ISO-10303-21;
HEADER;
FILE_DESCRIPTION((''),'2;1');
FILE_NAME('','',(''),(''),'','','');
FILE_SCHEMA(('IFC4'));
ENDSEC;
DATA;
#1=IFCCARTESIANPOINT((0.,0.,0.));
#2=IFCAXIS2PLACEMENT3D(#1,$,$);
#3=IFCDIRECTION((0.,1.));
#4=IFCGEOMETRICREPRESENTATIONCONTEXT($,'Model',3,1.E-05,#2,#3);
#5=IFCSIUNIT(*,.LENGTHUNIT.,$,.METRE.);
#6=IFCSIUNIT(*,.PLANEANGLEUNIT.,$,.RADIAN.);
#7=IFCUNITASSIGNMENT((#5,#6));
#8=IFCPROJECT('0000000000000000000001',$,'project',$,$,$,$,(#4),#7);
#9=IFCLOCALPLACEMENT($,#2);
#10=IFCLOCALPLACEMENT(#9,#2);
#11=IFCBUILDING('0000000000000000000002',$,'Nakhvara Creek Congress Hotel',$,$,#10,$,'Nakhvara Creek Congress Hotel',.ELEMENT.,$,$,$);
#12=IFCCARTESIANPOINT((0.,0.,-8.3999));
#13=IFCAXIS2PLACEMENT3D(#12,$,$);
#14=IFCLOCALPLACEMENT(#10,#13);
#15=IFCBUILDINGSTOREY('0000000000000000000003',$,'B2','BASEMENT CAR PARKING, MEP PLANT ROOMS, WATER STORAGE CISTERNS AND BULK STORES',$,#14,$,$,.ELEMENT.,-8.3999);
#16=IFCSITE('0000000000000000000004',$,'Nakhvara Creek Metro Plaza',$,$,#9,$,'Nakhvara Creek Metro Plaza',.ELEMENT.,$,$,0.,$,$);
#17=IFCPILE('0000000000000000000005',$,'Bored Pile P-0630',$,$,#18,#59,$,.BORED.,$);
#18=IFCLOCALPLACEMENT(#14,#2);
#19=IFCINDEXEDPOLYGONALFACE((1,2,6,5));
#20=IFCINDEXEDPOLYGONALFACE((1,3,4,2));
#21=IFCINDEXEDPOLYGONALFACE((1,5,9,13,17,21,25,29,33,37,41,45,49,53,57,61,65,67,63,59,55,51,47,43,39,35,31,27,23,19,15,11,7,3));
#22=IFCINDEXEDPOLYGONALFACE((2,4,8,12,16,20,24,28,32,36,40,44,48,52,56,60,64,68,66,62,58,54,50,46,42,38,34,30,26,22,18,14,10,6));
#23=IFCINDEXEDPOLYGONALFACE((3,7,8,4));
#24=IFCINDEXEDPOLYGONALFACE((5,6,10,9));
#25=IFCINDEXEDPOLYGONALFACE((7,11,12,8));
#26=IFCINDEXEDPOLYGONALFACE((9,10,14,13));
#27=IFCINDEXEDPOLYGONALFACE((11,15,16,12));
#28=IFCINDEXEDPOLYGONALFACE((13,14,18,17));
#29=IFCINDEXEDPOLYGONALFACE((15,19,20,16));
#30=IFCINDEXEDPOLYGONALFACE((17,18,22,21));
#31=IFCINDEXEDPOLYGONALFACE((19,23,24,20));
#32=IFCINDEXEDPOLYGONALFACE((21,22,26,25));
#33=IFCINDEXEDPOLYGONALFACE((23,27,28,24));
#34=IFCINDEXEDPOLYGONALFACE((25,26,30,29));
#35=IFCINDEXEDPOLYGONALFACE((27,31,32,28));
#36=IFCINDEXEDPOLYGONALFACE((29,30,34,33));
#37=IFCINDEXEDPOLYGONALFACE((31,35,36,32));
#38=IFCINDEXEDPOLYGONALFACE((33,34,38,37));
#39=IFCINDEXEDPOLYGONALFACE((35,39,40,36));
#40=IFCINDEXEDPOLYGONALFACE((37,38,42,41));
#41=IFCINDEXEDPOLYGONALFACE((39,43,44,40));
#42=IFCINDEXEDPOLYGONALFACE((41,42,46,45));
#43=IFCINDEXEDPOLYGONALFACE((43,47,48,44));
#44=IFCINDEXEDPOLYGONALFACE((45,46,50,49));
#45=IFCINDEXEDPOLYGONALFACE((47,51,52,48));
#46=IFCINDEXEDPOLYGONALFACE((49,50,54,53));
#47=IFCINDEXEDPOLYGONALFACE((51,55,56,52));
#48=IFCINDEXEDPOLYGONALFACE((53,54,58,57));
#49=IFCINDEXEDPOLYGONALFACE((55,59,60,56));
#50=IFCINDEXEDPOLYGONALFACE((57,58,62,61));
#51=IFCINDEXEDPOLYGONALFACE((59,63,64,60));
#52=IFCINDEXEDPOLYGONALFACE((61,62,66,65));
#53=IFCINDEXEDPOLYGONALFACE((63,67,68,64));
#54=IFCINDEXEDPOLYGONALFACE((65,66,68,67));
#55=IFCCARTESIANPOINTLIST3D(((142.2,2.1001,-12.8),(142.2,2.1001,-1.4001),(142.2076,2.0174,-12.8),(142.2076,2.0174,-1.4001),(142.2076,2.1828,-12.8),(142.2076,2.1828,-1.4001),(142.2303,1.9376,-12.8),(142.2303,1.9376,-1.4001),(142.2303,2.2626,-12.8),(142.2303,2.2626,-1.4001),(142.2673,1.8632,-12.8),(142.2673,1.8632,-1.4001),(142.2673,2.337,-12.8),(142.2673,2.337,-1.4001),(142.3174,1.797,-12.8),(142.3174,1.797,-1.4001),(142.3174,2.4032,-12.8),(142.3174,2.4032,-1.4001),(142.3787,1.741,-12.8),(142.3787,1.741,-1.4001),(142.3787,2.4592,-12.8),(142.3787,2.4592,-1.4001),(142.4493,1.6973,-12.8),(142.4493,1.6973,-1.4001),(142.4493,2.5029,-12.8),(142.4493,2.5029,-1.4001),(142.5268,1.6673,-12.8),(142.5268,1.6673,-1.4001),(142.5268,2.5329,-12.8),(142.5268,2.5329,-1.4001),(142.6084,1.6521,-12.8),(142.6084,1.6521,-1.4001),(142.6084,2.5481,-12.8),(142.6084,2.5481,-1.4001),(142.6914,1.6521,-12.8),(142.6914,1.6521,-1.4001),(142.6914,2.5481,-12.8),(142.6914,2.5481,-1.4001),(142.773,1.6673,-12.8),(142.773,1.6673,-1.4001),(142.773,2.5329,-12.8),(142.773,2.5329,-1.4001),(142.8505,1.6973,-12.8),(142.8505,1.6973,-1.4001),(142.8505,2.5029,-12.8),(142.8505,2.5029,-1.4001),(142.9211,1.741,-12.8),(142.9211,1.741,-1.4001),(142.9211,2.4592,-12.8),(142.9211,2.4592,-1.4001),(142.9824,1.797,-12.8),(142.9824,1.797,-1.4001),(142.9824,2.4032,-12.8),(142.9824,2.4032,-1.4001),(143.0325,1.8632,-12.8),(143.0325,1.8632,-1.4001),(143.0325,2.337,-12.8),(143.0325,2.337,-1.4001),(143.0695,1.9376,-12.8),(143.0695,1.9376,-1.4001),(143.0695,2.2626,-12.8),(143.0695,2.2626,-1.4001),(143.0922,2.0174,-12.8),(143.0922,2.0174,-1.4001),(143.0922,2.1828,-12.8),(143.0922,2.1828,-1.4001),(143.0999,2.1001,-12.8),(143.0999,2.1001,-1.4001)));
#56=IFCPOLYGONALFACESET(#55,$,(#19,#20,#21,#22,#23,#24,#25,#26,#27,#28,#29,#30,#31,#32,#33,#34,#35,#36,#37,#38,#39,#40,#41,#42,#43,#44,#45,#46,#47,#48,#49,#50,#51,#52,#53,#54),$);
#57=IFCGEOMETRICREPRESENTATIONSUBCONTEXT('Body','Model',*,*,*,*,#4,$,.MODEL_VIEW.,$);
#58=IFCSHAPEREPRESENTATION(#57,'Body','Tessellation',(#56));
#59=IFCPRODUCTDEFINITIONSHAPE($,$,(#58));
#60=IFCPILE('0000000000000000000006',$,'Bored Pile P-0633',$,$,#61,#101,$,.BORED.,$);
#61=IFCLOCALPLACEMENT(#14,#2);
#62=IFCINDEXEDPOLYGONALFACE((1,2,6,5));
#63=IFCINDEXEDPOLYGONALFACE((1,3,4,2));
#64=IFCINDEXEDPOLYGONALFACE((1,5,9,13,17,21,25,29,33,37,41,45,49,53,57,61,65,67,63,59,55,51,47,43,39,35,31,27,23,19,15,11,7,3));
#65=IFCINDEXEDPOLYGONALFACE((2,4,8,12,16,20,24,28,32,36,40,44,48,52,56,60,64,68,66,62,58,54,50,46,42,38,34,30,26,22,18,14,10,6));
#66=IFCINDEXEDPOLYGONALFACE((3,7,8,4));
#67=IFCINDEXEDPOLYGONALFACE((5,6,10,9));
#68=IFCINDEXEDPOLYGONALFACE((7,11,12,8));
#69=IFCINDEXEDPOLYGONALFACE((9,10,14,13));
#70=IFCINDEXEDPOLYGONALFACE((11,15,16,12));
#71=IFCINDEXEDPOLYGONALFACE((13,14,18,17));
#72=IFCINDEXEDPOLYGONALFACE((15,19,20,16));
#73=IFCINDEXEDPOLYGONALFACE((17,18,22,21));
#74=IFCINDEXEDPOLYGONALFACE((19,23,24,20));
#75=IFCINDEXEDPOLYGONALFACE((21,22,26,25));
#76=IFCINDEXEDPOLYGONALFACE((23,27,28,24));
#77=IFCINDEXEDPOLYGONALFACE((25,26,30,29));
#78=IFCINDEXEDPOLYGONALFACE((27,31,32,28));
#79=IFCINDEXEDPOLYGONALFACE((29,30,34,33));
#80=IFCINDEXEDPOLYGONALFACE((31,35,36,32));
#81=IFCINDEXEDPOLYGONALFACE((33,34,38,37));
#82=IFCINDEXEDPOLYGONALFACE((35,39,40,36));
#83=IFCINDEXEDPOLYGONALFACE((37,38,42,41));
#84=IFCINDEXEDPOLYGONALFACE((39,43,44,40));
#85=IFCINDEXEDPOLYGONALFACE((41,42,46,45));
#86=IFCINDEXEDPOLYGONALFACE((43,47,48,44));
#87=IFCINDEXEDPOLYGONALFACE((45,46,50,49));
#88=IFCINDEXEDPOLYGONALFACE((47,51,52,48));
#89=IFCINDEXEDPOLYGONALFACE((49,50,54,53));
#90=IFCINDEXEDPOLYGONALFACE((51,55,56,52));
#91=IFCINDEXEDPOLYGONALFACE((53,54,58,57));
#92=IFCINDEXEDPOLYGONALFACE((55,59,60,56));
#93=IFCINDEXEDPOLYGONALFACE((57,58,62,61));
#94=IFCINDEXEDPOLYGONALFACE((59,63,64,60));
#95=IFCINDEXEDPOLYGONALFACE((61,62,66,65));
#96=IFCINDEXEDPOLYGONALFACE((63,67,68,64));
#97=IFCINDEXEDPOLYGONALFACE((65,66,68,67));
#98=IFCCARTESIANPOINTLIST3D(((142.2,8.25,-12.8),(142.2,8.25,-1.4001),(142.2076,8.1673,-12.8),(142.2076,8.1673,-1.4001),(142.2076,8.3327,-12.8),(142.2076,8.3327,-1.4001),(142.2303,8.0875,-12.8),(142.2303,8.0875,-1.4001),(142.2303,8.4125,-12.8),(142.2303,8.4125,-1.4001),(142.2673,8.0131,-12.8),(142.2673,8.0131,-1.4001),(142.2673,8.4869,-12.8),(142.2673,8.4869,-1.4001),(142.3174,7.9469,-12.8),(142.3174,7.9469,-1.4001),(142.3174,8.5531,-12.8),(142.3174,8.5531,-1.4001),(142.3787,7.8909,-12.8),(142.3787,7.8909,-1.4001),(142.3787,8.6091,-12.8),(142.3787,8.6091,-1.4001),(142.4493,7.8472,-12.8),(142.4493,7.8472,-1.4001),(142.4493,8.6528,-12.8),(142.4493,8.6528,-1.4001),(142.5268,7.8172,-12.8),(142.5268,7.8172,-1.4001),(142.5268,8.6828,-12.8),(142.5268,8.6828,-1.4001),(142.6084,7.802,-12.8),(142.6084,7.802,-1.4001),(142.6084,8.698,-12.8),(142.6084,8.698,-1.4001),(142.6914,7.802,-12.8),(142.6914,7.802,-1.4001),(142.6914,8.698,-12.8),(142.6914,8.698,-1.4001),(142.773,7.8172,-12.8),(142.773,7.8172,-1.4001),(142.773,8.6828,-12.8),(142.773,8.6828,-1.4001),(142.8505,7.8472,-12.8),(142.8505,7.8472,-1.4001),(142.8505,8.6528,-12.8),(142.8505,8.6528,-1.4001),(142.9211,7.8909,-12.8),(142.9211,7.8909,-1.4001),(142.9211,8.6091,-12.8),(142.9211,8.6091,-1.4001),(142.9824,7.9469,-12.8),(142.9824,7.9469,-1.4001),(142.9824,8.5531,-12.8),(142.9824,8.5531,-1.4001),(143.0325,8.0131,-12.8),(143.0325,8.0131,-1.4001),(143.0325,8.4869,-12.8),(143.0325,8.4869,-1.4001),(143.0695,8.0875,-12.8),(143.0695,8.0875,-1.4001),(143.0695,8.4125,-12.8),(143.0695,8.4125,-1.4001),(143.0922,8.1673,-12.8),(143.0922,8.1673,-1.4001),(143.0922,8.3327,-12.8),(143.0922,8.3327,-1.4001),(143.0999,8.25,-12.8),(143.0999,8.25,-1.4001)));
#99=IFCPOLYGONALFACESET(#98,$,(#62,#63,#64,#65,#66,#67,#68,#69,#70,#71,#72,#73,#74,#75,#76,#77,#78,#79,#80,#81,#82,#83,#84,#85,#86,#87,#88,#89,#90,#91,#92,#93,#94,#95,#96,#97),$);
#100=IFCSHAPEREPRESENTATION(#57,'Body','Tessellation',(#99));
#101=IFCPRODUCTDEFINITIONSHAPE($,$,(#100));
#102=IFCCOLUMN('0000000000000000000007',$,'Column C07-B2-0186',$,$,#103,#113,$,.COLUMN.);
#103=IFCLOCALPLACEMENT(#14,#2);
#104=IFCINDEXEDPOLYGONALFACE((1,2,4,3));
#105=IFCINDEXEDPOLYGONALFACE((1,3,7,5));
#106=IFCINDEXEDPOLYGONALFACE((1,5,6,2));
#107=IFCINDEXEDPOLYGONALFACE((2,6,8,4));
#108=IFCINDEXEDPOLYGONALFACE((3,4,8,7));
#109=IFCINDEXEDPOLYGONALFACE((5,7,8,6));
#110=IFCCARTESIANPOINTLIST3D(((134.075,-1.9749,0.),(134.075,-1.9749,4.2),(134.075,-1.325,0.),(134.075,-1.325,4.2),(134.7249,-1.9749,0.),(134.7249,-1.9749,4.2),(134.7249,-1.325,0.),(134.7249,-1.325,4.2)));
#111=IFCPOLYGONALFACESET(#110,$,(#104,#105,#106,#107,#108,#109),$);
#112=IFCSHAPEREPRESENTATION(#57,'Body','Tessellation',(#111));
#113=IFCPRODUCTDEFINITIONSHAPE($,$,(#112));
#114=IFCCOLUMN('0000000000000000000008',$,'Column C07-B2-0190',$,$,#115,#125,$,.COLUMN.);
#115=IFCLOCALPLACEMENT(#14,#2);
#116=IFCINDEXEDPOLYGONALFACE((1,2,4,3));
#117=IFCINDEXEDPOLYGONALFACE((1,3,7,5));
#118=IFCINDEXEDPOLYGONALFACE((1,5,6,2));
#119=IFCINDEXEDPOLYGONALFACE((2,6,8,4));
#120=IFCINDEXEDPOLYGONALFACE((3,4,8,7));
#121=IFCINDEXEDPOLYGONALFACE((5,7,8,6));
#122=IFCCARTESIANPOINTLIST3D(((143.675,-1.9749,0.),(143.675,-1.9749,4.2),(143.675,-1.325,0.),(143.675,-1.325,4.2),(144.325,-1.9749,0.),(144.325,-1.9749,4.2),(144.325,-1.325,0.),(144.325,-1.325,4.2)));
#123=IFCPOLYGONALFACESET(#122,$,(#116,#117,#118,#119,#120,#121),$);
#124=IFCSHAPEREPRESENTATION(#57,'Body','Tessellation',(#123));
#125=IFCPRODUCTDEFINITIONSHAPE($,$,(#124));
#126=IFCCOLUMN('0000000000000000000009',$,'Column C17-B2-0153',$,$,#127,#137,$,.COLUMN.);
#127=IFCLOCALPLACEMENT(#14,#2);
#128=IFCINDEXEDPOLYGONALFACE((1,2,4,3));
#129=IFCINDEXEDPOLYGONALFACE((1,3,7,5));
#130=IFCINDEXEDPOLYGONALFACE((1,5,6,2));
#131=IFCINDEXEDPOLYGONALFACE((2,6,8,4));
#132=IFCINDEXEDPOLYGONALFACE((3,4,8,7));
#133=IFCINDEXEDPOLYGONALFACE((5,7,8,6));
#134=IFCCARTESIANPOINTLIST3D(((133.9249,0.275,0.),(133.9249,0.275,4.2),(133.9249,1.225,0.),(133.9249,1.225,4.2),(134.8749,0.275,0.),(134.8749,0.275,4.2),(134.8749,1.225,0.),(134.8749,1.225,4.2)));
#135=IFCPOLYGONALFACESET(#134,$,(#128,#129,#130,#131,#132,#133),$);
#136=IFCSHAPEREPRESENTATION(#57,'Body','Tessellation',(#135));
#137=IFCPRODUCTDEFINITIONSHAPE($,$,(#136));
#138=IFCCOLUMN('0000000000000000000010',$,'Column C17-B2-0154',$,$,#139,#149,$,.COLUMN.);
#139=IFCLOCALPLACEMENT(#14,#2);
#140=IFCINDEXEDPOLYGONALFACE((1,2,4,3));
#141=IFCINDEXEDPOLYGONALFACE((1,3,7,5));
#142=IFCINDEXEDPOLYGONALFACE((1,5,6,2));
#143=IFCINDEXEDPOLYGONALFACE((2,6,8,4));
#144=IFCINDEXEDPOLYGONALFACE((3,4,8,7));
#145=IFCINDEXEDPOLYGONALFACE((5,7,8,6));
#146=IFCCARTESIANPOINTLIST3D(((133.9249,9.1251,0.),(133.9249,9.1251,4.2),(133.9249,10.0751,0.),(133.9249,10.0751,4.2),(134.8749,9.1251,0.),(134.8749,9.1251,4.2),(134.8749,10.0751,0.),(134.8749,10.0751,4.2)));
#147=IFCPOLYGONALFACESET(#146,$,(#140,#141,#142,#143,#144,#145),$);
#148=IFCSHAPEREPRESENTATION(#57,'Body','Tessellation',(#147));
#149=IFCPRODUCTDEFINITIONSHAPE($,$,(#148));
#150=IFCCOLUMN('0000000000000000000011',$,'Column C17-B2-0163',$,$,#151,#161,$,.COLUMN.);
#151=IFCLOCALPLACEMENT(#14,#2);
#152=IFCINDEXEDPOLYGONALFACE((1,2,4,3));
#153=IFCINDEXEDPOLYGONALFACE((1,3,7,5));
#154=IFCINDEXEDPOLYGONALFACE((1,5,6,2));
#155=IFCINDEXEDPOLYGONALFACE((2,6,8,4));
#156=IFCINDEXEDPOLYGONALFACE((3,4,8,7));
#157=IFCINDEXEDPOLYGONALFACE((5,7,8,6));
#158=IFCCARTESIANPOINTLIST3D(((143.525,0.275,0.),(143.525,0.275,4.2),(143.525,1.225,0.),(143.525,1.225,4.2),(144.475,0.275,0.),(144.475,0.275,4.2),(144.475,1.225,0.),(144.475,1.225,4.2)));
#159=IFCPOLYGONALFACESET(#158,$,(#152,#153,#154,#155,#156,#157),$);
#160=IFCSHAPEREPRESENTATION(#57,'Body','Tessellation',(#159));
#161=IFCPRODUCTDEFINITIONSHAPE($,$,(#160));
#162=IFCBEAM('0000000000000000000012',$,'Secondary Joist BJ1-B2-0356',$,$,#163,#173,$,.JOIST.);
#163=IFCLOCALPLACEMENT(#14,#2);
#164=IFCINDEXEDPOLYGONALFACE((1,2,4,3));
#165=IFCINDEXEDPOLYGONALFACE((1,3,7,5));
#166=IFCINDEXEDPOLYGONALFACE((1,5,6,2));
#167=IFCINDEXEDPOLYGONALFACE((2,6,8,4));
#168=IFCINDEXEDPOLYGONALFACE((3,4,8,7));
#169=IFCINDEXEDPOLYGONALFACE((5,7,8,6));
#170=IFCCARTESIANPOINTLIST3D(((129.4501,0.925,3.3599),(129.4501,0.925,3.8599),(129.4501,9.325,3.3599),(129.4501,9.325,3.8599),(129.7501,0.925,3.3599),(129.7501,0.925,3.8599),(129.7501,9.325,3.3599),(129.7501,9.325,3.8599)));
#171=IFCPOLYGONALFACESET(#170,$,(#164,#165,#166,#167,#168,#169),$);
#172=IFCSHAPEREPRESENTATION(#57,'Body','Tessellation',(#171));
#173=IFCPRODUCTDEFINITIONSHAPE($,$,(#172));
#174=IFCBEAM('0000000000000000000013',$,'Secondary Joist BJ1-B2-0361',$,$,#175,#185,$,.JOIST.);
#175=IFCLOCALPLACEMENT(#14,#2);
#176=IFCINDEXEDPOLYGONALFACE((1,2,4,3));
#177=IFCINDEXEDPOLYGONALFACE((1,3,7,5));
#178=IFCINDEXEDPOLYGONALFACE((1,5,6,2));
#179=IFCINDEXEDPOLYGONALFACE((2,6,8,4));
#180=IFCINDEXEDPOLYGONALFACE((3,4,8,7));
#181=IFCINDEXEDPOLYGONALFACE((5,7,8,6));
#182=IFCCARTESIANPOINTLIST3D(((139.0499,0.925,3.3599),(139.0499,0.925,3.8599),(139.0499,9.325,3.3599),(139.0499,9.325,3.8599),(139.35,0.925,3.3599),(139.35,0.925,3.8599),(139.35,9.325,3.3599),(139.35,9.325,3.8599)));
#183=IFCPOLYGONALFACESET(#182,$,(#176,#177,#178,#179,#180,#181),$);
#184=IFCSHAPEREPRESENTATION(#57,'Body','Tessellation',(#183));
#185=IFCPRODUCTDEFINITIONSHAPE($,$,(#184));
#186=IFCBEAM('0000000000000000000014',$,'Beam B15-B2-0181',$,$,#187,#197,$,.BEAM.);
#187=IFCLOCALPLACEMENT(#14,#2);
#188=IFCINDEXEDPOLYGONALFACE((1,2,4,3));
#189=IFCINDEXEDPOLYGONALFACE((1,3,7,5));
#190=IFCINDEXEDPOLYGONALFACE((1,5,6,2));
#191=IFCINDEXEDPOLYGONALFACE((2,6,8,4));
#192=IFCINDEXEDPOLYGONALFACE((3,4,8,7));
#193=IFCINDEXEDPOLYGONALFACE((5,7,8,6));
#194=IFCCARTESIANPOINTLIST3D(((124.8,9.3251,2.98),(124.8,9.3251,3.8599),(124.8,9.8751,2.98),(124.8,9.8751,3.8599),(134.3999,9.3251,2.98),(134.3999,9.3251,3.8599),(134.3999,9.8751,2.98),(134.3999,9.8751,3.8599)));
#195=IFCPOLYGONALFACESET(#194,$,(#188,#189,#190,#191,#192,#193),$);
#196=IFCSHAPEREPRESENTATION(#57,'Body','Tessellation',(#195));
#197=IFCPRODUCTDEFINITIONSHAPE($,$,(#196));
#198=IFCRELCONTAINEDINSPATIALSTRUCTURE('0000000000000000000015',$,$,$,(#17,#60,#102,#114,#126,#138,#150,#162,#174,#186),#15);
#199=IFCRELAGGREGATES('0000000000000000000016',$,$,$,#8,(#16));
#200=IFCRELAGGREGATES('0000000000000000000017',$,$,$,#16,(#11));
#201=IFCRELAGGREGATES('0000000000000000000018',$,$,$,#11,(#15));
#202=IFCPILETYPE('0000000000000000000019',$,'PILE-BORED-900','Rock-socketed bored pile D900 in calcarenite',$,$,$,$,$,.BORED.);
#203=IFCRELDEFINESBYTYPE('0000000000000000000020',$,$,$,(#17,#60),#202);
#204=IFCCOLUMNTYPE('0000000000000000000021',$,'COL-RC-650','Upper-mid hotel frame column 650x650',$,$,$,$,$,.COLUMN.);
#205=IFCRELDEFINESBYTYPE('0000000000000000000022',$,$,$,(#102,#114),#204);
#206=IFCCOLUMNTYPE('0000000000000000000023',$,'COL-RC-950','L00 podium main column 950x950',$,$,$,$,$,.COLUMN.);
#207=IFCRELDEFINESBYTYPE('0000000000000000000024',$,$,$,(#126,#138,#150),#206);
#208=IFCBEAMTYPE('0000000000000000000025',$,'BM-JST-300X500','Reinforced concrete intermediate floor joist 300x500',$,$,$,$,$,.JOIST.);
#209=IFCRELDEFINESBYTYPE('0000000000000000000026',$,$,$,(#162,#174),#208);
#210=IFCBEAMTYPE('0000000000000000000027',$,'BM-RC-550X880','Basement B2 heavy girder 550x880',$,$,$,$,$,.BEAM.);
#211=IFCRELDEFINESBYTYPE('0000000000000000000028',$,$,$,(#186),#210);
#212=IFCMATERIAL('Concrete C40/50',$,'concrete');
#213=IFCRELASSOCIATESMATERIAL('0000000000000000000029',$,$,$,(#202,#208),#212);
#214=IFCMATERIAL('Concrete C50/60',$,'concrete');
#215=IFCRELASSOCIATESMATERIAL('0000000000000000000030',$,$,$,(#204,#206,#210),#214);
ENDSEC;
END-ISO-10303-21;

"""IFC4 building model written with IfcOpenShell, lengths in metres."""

from ifc_helpers import new_model, si_unit, direction, frame, origin, origin_2d, place, context, subcontext, project, spatial, rectangle, circle, extrude, material, material_profile, profile_set, type_object, element, save


model = new_model("IFC4")

# Units and contexts
model_context = context("Model", 3, precision=1e-05, world=origin(), true_north=direction((0.0, 1.0)))
body_context = subcontext(model_context, "Body", "Model", "MODEL_VIEW")
ifc_project = project(units=[si_unit("LENGTHUNIT", "METRE"), si_unit("PLANEANGLEUNIT", "RADIAN")], contexts=[model_context])

# Site, building, storey
site_placement = place(None, origin())
site = spatial("IfcSite", under=ifc_project, at=site_placement, Name="Nakhvara Creek Metro Plaza", LongName="Nakhvara Creek Metro Plaza", CompositionType="ELEMENT", RefElevation=0.0)
building_placement = place(site_placement, origin())
building = spatial("IfcBuilding", under=site, at=building_placement, Name="Nakhvara Creek Congress Hotel", LongName="Nakhvara Creek Congress Hotel", CompositionType="ELEMENT")
storey_placement = place(building_placement, frame((0.0, 0.0, -8.3999)))
storey = spatial("IfcBuildingStorey", under=building, at=storey_placement, Name="B2", Description="BASEMENT CAR PARKING, MEP PLANT ROOMS, WATER STORAGE CISTERNS AND BULK STORES", CompositionType="ELEMENT", Elevation=-8.3999)

# Shared definitions
ifc_material_1 = material(Name="Concrete C40/50", Category="concrete")

# Piles
ifc_material_profile_1 = material_profile(ifc_material_1, circle(Radius=0.45, at=origin_2d()), Name="BORED PILE D900", Category="LoadBearing")
ifc_profile_set_1 = profile_set([ifc_material_profile_1], Name="Concrete C40/50")
pile_type = type_object("IfcPileType", Name="PILE-BORED-900", Description="Rock-socketed bored pile D900 in calcarenite", PredefinedType="BORED", material=ifc_profile_set_1)
for number, where, z_axis, x_axis, name in (
    (1, (142.6499, 2.1001, -1.4001), (0.0, 0.0, -1.0), (1.0, 0.0, 0.0), "Bored Pile P-0630"),
    (2, (142.6499, 8.25, -1.4001), (0.0, 0.0, -1.0), (1.0, 0.0, 0.0), "Bored Pile P-0633"),
):
    element("IfcPile", number, at=place(storey_placement, frame(where, z_axis=z_axis, x_axis=x_axis)), inside=storey, type_object=pile_type, Name=name, PredefinedType="BORED", context=body_context, shape_type="SweptSolid", body=[
        extrude(circle(Radius=0.45, at=origin_2d()), origin(), (0.0, 0.0, 1.0), 11.3999),
    ])

# Columns
ifc_material_2 = material(Name="Concrete C50/60", Category="concrete")
ifc_material_profile_2 = material_profile(ifc_material_2, rectangle(XDim=0.6499, YDim=0.6499, at=origin_2d()), Name="RC-COL 650x650", Category="LoadBearing")
ifc_profile_set_2 = profile_set([ifc_material_profile_2], Name="Concrete C50/60")
column_type_1 = type_object("IfcColumnType", Name="COL-RC-650", Description="Upper-mid hotel frame column 650x650", PredefinedType="COLUMN", material=ifc_profile_set_2)
for number, where, z_axis, x_axis, name in (
    (3, (134.3999, -1.6499, 0.0), (0.0, 0.0, 1.0), (1.0, 0.0, 0.0), "Column C07-B2-0186"),
    (4, (144.0, -1.6499, 0.0), (0.0, 0.0, 1.0), (1.0, 0.0, 0.0), "Column C07-B2-0190"),
):
    element("IfcColumn", number, at=place(storey_placement, frame(where, z_axis=z_axis, x_axis=x_axis)), inside=storey, type_object=column_type_1, Name=name, PredefinedType="COLUMN", context=body_context, shape_type="SweptSolid", body=[
        extrude(rectangle(XDim=0.6499, YDim=0.6499, at=origin_2d()), origin(), (0.0, 0.0, 1.0), 4.2),
    ])
ifc_material_profile_3 = material_profile(ifc_material_2, rectangle(XDim=0.95, YDim=0.95, at=origin_2d()), Name="RC-COL 950x950", Category="LoadBearing")
ifc_profile_set_3 = profile_set([ifc_material_profile_3], Name="Concrete C50/60")
column_type_2 = type_object("IfcColumnType", Name="COL-RC-950", Description="L00 podium main column 950x950", PredefinedType="COLUMN", material=ifc_profile_set_3)
for number, where, z_axis, x_axis, name in (
    (5, (134.3999, 0.75, 0.0), (0.0, 0.0, 1.0), (1.0, 0.0, 0.0), "Column C17-B2-0153"),
    (6, (134.3999, 9.6001, 0.0), (0.0, 0.0, 1.0), (1.0, 0.0, 0.0), "Column C17-B2-0154"),
    (7, (144.0, 0.75, 0.0), (0.0, 0.0, 1.0), (1.0, 0.0, 0.0), "Column C17-B2-0163"),
):
    element("IfcColumn", number, at=place(storey_placement, frame(where, z_axis=z_axis, x_axis=x_axis)), inside=storey, type_object=column_type_2, Name=name, PredefinedType="COLUMN", context=body_context, shape_type="SweptSolid", body=[
        extrude(rectangle(XDim=0.95, YDim=0.95, at=origin_2d()), origin(), (0.0, 0.0, 1.0), 4.2),
    ])

# Beams
ifc_material_profile_4 = material_profile(ifc_material_1, rectangle(XDim=0.3, YDim=0.5, at=origin_2d()), Name="RC-BM 300x500", Category="LoadBearing")
ifc_profile_set_4 = profile_set([ifc_material_profile_4], Name="Concrete C40/50")
beam_type_1 = type_object("IfcBeamType", Name="BM-JST-300X500", Description="Reinforced concrete intermediate floor joist 300x500", PredefinedType="JOIST", material=ifc_profile_set_4)
for number, where, z_axis, x_axis, name in (
    (8, (129.6001, 0.925, 3.6099), (0.0, 1.0, 0.0), (-1.0, 0.0, 0.0), "Secondary Joist BJ1-B2-0356"),
    (9, (139.2, 0.925, 3.6099), (0.0, 1.0, 0.0), (-1.0, 0.0, 0.0), "Secondary Joist BJ1-B2-0361"),
):
    element("IfcBeam", number, at=place(storey_placement, frame(where, z_axis=z_axis, x_axis=x_axis)), inside=storey, type_object=beam_type_1, Name=name, PredefinedType="JOIST", context=body_context, shape_type="SweptSolid", body=[
        extrude(rectangle(XDim=0.3, YDim=0.5, at=origin_2d()), origin(), (0.0, 0.0, 1.0), 8.3999),
    ])
ifc_material_profile_5 = material_profile(ifc_material_2, rectangle(XDim=0.55, YDim=0.8799, at=origin_2d()), Name="RC-BM 550x880", Category="LoadBearing")
ifc_profile_set_5 = profile_set([ifc_material_profile_5], Name="Concrete C50/60")
beam_type_2 = type_object("IfcBeamType", Name="BM-RC-550X880", Description="Basement B2 heavy girder 550x880", PredefinedType="BEAM", material=ifc_profile_set_5)
beam_1_placement = place(storey_placement, frame((124.8, 9.6001, 3.4199), z_axis=(1.0, 0.0, 0.0), x_axis=(0.0, 1.0, 0.0)))
element("IfcBeam", 10, at=beam_1_placement, inside=storey, type_object=beam_type_2, Name="Beam B15-B2-0181", PredefinedType="BEAM", context=body_context, shape_type="SweptSolid", body=[
    extrude(rectangle(XDim=0.55, YDim=0.8799, at=origin_2d()), origin(), (0.0, 0.0, 1.0), 9.5999),
])

save(model, "model.ifc")
